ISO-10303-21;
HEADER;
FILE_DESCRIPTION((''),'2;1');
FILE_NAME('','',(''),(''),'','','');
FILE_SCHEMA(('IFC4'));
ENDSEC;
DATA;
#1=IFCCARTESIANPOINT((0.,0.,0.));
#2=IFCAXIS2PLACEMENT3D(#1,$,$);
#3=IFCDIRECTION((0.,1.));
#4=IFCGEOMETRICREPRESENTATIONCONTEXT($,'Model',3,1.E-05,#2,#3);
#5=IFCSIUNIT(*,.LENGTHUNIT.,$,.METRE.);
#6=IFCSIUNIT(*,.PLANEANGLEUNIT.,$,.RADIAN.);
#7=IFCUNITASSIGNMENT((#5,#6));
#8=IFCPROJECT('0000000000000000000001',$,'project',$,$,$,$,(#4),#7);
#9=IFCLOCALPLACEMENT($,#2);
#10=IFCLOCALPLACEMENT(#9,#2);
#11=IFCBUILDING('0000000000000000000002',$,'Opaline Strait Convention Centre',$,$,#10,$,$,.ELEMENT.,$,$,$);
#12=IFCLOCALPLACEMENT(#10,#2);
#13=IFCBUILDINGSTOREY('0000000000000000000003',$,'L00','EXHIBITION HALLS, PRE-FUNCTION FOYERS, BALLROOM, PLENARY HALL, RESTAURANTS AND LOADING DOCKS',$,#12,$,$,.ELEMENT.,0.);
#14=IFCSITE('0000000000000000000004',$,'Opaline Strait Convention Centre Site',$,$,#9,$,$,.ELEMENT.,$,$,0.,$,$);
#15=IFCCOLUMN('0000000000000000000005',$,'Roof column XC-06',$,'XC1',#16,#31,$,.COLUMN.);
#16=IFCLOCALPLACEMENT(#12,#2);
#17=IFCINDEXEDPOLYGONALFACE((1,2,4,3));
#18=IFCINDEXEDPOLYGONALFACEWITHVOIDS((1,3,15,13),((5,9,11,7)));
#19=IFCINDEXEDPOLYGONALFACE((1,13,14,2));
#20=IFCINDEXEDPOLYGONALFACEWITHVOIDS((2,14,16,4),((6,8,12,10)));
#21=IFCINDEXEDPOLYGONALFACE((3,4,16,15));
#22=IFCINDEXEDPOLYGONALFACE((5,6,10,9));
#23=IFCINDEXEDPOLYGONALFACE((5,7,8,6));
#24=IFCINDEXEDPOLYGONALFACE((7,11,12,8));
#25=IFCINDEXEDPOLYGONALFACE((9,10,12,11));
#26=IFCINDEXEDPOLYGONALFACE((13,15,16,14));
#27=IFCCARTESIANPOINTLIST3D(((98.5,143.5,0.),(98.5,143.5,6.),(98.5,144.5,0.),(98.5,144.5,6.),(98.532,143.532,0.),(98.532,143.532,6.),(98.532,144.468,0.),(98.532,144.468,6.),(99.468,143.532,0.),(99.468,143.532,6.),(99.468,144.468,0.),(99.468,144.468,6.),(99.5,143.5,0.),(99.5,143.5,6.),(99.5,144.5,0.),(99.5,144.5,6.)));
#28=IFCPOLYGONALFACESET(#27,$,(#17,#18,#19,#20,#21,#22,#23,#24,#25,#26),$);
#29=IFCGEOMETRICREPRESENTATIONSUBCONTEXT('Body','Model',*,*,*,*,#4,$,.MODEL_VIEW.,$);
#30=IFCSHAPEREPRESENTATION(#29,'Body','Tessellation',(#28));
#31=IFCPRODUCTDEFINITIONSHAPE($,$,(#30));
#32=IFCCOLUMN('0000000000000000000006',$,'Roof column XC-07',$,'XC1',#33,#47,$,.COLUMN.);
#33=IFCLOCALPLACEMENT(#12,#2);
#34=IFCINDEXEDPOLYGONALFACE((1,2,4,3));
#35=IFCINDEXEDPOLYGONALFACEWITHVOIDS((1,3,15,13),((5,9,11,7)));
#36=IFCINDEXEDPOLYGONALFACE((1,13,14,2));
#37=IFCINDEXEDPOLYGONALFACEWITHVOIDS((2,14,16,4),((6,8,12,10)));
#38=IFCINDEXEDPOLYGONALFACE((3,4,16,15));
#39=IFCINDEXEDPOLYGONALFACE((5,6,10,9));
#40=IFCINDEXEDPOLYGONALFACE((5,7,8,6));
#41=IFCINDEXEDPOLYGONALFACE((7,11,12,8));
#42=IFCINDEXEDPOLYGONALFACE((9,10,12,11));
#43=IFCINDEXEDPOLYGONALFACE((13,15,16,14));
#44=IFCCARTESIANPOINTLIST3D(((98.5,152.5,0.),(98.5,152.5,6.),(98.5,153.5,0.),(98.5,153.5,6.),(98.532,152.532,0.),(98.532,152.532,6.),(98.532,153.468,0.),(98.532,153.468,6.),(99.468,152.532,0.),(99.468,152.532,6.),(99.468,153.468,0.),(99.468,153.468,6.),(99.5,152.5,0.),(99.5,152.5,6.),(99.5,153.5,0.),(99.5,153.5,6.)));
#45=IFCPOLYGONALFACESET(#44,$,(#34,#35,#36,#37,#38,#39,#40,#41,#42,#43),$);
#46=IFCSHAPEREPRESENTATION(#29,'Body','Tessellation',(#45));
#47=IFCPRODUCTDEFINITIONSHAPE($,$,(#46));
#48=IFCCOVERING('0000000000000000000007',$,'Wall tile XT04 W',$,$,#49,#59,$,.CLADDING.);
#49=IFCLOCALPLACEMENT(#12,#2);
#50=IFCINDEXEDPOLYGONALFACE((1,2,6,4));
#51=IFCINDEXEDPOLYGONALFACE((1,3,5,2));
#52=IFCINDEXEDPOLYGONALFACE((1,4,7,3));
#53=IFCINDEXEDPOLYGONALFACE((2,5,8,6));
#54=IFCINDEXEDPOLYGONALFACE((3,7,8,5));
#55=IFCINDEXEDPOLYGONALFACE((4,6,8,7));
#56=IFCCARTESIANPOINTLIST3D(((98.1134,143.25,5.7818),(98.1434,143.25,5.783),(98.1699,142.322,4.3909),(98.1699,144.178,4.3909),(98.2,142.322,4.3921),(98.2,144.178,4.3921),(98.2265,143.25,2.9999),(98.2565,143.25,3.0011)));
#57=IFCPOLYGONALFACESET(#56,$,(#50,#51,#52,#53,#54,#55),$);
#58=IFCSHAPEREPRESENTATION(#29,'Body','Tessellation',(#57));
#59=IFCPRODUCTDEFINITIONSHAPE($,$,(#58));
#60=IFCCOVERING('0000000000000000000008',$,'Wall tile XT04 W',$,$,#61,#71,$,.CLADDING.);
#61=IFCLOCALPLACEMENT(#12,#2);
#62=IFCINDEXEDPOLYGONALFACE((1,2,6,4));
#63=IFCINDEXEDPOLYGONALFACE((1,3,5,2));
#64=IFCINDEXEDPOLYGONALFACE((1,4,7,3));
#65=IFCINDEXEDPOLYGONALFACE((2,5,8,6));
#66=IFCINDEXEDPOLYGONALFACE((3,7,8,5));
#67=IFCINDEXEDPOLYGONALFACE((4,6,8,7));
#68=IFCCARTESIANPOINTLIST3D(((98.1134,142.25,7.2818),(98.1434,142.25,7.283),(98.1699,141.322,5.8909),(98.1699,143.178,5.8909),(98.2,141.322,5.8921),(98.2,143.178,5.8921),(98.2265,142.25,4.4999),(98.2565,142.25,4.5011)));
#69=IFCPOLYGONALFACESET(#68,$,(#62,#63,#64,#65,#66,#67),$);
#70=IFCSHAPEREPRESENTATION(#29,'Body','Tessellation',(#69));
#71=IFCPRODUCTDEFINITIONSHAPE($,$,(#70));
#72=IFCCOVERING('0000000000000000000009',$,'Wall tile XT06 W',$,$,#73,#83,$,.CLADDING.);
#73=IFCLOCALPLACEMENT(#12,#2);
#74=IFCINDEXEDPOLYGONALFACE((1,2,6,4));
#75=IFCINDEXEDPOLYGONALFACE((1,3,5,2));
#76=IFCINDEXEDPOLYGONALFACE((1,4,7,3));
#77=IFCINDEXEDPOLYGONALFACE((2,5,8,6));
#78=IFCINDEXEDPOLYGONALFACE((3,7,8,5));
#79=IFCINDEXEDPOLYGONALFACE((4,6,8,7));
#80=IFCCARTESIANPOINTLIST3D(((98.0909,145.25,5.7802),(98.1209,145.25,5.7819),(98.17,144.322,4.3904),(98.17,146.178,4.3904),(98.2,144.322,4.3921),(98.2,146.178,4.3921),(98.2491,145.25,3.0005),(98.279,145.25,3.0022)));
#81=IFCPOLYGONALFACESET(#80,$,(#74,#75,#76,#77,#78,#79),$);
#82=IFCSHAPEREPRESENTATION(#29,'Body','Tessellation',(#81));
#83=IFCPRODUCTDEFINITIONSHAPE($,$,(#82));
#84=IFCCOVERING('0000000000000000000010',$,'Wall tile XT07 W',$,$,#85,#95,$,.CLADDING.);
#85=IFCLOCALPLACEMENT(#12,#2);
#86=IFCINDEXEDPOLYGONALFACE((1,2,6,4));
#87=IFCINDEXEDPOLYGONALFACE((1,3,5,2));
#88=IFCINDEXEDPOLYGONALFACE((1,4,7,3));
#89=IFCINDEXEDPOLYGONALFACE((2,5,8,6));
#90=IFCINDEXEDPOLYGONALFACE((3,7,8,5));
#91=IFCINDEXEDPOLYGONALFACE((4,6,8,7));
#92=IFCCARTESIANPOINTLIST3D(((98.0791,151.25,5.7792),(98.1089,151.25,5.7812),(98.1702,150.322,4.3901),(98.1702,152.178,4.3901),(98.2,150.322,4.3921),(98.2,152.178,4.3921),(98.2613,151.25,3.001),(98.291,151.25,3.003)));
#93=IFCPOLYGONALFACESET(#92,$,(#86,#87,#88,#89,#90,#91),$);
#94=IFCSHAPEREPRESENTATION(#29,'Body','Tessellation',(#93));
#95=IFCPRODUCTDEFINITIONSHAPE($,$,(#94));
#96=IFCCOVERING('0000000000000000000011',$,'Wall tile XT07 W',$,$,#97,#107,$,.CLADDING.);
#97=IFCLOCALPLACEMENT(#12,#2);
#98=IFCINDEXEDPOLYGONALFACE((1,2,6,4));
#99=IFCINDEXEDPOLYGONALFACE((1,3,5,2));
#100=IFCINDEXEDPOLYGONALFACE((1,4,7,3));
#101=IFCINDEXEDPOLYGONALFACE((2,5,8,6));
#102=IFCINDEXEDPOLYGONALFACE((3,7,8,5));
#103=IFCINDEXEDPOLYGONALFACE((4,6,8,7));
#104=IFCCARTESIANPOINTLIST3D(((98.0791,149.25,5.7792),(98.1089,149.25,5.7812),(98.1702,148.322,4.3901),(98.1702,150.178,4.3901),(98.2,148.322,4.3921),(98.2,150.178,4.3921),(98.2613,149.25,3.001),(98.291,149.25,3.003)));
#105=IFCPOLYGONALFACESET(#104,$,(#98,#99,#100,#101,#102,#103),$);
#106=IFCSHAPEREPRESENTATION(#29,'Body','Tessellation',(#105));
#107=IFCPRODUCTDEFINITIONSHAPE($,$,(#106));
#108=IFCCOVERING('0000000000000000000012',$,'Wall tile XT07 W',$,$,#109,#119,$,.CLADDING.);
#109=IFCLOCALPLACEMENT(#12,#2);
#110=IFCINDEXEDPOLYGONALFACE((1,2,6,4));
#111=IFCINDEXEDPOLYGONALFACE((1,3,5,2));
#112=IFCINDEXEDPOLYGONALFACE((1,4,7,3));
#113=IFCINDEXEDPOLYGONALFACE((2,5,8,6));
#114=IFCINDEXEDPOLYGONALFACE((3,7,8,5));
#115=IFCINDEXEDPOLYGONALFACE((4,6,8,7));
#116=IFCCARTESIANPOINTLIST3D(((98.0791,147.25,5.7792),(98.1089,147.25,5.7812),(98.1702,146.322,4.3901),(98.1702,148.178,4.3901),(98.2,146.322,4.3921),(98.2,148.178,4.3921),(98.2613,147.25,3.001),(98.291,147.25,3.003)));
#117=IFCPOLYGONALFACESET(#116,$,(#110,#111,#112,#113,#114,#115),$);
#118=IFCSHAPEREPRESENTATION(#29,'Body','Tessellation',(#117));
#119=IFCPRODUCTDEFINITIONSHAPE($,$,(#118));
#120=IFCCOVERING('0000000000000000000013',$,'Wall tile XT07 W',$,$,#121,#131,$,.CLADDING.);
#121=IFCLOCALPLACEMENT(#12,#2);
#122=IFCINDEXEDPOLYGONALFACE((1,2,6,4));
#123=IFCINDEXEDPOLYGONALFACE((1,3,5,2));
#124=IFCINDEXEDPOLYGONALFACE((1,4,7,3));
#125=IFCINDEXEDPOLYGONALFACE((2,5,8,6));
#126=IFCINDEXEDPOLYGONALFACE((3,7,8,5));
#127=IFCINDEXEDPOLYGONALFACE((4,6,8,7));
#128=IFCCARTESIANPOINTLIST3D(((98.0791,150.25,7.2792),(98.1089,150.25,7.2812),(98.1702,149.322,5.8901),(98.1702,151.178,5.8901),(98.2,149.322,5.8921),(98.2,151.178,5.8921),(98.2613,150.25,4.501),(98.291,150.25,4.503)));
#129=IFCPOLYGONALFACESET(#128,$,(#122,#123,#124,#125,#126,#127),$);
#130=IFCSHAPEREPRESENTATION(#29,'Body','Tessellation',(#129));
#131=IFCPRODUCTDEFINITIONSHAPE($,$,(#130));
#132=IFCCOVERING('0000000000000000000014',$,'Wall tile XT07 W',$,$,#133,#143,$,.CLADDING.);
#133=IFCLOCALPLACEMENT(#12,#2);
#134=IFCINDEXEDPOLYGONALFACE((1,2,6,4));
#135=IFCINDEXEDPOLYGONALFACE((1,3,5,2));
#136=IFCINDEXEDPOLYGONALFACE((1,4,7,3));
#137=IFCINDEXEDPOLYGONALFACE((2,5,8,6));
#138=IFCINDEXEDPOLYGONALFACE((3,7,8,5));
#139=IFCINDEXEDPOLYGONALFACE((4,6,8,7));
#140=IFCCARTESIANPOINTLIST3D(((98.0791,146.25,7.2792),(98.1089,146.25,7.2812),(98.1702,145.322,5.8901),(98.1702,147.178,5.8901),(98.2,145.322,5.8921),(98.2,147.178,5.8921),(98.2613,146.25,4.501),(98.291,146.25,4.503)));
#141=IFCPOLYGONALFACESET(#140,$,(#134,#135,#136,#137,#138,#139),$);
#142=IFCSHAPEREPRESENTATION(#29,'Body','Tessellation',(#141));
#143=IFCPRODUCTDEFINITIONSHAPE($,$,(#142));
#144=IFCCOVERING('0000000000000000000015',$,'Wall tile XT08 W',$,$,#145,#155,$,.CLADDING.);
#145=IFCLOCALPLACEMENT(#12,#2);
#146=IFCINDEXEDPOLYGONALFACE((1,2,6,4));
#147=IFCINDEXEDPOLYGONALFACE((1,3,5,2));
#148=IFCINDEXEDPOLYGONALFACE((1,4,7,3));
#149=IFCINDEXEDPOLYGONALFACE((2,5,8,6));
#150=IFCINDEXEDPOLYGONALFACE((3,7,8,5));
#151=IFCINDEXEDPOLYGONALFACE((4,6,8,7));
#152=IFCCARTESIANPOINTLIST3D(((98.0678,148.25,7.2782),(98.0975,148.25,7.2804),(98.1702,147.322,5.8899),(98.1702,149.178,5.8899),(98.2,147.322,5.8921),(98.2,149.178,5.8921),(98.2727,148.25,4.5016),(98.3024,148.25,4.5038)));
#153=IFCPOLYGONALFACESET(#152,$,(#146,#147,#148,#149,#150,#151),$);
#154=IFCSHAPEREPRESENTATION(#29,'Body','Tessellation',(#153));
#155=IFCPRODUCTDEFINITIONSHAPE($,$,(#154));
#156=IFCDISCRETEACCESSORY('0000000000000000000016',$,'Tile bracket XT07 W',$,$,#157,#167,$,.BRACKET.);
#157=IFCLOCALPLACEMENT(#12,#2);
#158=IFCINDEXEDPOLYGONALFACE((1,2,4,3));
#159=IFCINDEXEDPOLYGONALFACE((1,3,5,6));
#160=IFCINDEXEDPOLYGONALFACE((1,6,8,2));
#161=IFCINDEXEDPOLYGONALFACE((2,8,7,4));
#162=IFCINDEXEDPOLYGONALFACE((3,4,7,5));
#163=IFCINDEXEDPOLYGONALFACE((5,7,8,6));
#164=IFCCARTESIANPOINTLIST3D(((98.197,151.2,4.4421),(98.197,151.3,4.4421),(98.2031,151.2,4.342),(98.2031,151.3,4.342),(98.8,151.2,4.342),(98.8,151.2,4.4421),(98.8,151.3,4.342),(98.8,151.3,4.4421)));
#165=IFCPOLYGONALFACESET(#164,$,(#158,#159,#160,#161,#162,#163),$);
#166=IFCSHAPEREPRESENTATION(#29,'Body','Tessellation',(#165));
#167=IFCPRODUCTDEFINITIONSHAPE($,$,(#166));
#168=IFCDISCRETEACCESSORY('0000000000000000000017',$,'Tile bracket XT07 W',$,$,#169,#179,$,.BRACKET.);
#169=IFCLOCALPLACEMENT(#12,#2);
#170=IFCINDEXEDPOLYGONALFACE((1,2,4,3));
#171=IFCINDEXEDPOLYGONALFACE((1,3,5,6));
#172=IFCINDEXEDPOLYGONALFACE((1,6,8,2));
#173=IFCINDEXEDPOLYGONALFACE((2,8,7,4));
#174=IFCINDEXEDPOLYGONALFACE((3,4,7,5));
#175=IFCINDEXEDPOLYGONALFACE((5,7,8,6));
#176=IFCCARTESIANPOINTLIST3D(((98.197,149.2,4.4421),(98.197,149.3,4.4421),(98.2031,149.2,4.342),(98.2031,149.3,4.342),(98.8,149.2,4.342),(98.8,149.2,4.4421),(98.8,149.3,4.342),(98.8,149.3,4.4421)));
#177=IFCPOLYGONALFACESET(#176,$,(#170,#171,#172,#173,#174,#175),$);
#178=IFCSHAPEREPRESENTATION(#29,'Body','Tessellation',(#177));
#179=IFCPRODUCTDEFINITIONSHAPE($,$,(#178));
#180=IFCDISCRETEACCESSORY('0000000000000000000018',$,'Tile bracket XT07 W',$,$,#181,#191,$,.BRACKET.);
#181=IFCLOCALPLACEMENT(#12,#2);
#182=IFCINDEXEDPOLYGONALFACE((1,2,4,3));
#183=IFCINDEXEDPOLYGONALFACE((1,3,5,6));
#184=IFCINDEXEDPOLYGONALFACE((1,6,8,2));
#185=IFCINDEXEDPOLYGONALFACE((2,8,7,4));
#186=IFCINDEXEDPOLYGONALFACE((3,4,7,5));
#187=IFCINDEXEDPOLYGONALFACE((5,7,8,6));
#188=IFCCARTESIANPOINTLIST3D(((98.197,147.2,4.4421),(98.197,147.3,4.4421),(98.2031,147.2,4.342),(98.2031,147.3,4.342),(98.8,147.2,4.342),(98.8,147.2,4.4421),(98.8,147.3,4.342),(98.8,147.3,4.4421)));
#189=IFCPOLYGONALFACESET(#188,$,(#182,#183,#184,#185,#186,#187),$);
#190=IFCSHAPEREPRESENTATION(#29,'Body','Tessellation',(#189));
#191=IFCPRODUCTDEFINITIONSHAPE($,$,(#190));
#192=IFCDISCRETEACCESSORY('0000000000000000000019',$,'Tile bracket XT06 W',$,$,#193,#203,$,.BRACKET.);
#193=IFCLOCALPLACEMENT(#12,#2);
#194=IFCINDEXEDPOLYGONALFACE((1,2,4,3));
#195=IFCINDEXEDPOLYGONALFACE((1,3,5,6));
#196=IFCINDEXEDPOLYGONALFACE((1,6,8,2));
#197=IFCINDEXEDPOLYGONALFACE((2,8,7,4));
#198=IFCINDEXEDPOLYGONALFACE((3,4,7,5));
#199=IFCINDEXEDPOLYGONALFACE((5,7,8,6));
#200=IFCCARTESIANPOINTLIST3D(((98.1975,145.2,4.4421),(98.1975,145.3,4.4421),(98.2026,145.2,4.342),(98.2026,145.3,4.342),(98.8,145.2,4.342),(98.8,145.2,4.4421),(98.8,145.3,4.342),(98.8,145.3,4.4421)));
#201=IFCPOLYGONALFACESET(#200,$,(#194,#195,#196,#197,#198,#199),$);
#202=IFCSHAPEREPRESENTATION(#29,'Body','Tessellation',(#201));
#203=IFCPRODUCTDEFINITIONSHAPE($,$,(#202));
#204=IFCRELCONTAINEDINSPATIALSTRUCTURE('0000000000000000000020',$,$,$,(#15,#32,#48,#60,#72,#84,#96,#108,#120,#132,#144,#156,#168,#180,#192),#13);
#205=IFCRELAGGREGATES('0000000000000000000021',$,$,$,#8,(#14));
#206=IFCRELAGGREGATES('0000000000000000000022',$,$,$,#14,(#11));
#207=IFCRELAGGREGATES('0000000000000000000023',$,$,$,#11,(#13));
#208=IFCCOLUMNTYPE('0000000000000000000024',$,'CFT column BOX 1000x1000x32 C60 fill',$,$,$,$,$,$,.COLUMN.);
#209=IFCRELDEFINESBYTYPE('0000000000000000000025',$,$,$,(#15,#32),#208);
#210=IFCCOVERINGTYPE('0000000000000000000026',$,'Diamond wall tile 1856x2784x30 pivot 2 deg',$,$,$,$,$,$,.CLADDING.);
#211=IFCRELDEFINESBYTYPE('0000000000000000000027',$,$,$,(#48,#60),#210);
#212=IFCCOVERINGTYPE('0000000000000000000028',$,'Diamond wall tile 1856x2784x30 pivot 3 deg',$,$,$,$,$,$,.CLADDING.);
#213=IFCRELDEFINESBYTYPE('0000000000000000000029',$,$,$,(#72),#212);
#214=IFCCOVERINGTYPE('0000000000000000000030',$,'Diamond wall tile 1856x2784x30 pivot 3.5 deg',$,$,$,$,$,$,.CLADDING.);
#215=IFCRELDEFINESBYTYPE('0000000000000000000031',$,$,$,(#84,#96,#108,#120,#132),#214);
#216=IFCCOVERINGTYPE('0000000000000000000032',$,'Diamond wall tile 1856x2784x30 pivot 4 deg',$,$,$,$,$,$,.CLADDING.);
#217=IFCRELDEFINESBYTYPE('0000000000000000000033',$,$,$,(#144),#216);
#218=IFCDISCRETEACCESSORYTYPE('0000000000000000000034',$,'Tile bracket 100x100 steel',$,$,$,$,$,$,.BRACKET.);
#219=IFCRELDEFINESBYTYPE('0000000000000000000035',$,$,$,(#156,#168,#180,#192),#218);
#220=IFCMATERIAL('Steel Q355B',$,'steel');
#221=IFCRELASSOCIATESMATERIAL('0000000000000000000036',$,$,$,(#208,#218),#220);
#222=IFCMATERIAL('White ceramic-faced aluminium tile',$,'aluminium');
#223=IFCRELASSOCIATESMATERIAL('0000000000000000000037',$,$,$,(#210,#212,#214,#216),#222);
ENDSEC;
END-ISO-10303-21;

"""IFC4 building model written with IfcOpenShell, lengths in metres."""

from ifc_helpers import new_model, si_unit, direction, frame, origin, origin_2d, place, context, subcontext, project, spatial, polyline, hollow_rectangle, outline, extrude, material, material_profile, profile_set, type_object, element, save


model = new_model("IFC4")

# Units and contexts
model_context = context("Model", 3, precision=1e-05, world=origin(), true_north=direction((0.0, 1.0)))
body_context = subcontext(model_context, "Body", "Model", "MODEL_VIEW")
ifc_project = project(units=[si_unit("LENGTHUNIT", "METRE"), si_unit("PLANEANGLEUNIT", "RADIAN")], contexts=[model_context])

# Site, building, storey
site_placement = place(None, origin())
site = spatial("IfcSite", under=ifc_project, at=site_placement, Name="Opaline Strait Convention Centre Site", CompositionType="ELEMENT", RefElevation=0.0)
building_placement = place(site_placement, origin())
building = spatial("IfcBuilding", under=site, at=building_placement, Name="Opaline Strait Convention Centre", CompositionType="ELEMENT")
storey_placement = place(building_placement, origin())
storey = spatial("IfcBuildingStorey", under=building, at=storey_placement, Name="L00", Description="EXHIBITION HALLS, PRE-FUNCTION FOYERS, BALLROOM, PLENARY HALL, RESTAURANTS AND LOADING DOCKS", CompositionType="ELEMENT", Elevation=0.0)

# Columns
ifc_material_1 = material(Name="Steel Q355B", Category="steel")
ifc_material_profile_1 = material_profile(ifc_material_1, hollow_rectangle(XDim=1.0, YDim=1.0, WallThickness=0.032, at=origin_2d()), Name="BOX 1000x1000x32")
ifc_profile_set_1 = profile_set([ifc_material_profile_1], Name="Steel Q355B")
column_type = type_object("IfcColumnType", Name="CFT column BOX 1000x1000x32 C60 fill", PredefinedType="COLUMN", material=ifc_profile_set_1)
for number, where, z_axis, x_axis, name in (
    (1, (99.0, 144.0, 0.0), (0.0, 0.0, 1.0), (1.0, 0.0, 0.0), "Roof column XC-06"),
    (2, (99.0, 153.0, 0.0), (0.0, 0.0, 1.0), (1.0, 0.0, 0.0), "Roof column XC-07"),
):
    element("IfcColumn", number, at=place(storey_placement, frame(where, z_axis=z_axis, x_axis=x_axis)), inside=storey, type_object=column_type, Name=name, ObjectType="XC1", PredefinedType="COLUMN", context=body_context, shape_type="SweptSolid", body=[
        extrude(hollow_rectangle(XDim=1.0, YDim=1.0, WallThickness=0.032, at=origin_2d()), origin(), (0.0, 0.0, 1.0), 6.0),
    ])

# Coverings
ifc_material_2 = material(Name="White ceramic-faced aluminium tile", Category="aluminium")
ifc_material_profile_2 = material_profile(ifc_material_2, outline(polyline([(0.928, 0.0), (0.0, 1.3921), (-0.928, 0.0), (0.0, -1.3921), (0.928, 0.0)])), Name="Diamond tile 1856x2784")
ifc_profile_set_2 = profile_set([ifc_material_profile_2], Name="White ceramic-faced aluminium tile")
covering_type_1 = type_object("IfcCoveringType", Name="Diamond wall tile 1856x2784x30 pivot 2 deg", PredefinedType="CLADDING", material=ifc_profile_set_2)
for number, where, z_axis, x_axis, name in (
    (3, (98.2, 143.25, 4.3921), (-0.999175, 0.0, -0.040617), (0.0, -1.0, 0.0), "Wall tile XT04 W"),
    (4, (98.2, 142.25, 5.8921), (-0.999175, 0.0, -0.040617), (0.0, -1.0, 0.0), "Wall tile XT04 W"),
):
    element("IfcCovering", number, at=place(storey_placement, frame(where, z_axis=z_axis, x_axis=x_axis)), inside=storey, type_object=covering_type_1, Name=name, PredefinedType="CLADDING", context=body_context, shape_type="SweptSolid", body=[
        extrude(outline(polyline([(0.928, 0.0), (0.0, 1.3921), (-0.928, 0.0), (0.0, -1.3921), (0.928, 0.0)])), origin(), (0.0, 0.0, 1.0), 0.03),
    ])
ifc_material_profile_3 = material_profile(ifc_material_2, outline(polyline([(0.928, 0.0), (0.0, 1.3921), (-0.928, 0.0), (0.0, -1.3921), (0.928, 0.0)])), Name="Diamond tile 1856x2784")
ifc_profile_set_3 = profile_set([ifc_material_profile_3], Name="White ceramic-faced aluminium tile")
covering_type_2 = type_object("IfcCoveringType", Name="Diamond wall tile 1856x2784x30 pivot 3 deg", PredefinedType="CLADDING", material=ifc_profile_set_3)
covering_1_placement = place(storey_placement, frame((98.2, 145.25, 4.3921), z_axis=(-0.998385, 0.0, -0.056819), x_axis=(0.0, -1.0, 0.0)))
element("IfcCovering", 5, at=covering_1_placement, inside=storey, type_object=covering_type_2, Name="Wall tile XT06 W", PredefinedType="CLADDING", context=body_context, shape_type="SweptSolid", body=[
    extrude(outline(polyline([(0.928, 0.0), (0.0, 1.3921), (-0.928, 0.0), (0.0, -1.3921), (0.928, 0.0)])), origin(), (0.0, 0.0, 1.0), 0.03),
])
ifc_material_profile_4 = material_profile(ifc_material_2, outline(polyline([(0.928, 0.0), (0.0, 1.3921), (-0.928, 0.0), (0.0, -1.3921), (0.928, 0.0)])), Name="Diamond tile 1856x2784")
ifc_profile_set_4 = profile_set([ifc_material_profile_4], Name="White ceramic-faced aluminium tile")
covering_type_3 = type_object("IfcCoveringType", Name="Diamond wall tile 1856x2784x30 pivot 3.5 deg", PredefinedType="CLADDING", material=ifc_profile_set_4)
for number, where, z_axis, x_axis, name in (
    (6, (98.2, 151.25, 4.3921), (-0.997857, 0.0, -0.065433), (0.0, -1.0, 0.0), "Wall tile XT07 W"),
    (7, (98.2, 149.25, 4.3921), (-0.997857, 0.0, -0.065433), (0.0, -1.0, 0.0), "Wall tile XT07 W"),
    (8, (98.2, 147.25, 4.3921), (-0.997857, 0.0, -0.065433), (0.0, -1.0, 0.0), "Wall tile XT07 W"),
    (9, (98.2, 150.25, 5.8921), (-0.997857, 0.0, -0.065433), (0.0, -1.0, 0.0), "Wall tile XT07 W"),
    (10, (98.2, 146.25, 5.8921), (-0.997857, 0.0, -0.065433), (0.0, -1.0, 0.0), "Wall tile XT07 W"),
):
    element("IfcCovering", number, at=place(storey_placement, frame(where, z_axis=z_axis, x_axis=x_axis)), inside=storey, type_object=covering_type_3, Name=name, PredefinedType="CLADDING", context=body_context, shape_type="SweptSolid", body=[
        extrude(outline(polyline([(0.928, 0.0), (0.0, 1.3921), (-0.928, 0.0), (0.0, -1.3921), (0.928, 0.0)])), origin(), (0.0, 0.0, 1.0), 0.0298),
    ])
ifc_material_profile_5 = material_profile(ifc_material_2, outline(polyline([(0.928, 0.0), (0.0, 1.3921), (-0.928, 0.0), (0.0, -1.3921), (0.928, 0.0)])), Name="Diamond tile 1856x2784")
ifc_profile_set_5 = profile_set([ifc_material_profile_5], Name="White ceramic-faced aluminium tile")
covering_type_4 = type_object("IfcCoveringType", Name="Diamond wall tile 1856x2784x30 pivot 4 deg", PredefinedType="CLADDING", material=ifc_profile_set_5)
covering_2_placement = place(storey_placement, frame((98.2, 148.25, 5.8921), z_axis=(-0.99729, 0.0, -0.073571), x_axis=(0.0, -1.0, 0.0)))
element("IfcCovering", 11, at=covering_2_placement, inside=storey, type_object=covering_type_4, Name="Wall tile XT08 W", PredefinedType="CLADDING", context=body_context, shape_type="SweptSolid", body=[
    extrude(outline(polyline([(0.928, 0.0), (0.0, 1.3921), (-0.928, 0.0), (0.0, -1.3921), (0.928, 0.0)])), origin(), (0.0, 0.0, 1.0), 0.0298),
])

# Discrete accessories
discrete_accessory_type = type_object("IfcDiscreteAccessoryType", Name="Tile bracket 100x100 steel", PredefinedType="BRACKET", material=ifc_material_1)
for number, where, z_axis, x_axis, name in (
    (12, (98.8, 151.3, 4.3921), (0.0, -1.0, 0.0), (1.0, 0.0, 0.0), "Tile bracket XT07 W"),
    (13, (98.8, 149.3, 4.3921), (0.0, -1.0, 0.0), (1.0, 0.0, 0.0), "Tile bracket XT07 W"),
    (14, (98.8, 147.3, 4.3921), (0.0, -1.0, 0.0), (1.0, 0.0, 0.0), "Tile bracket XT07 W"),
):
    element("IfcDiscreteAccessory", number, at=place(storey_placement, frame(where, z_axis=z_axis, x_axis=x_axis)), inside=storey, type_object=discrete_accessory_type, Name=name, PredefinedType="BRACKET", context=body_context, shape_type="SweptSolid", body=[
        extrude(outline(polyline([(0.0, -0.05), (0.0, 0.05), (-0.603, 0.05), (-0.5969, -0.05), (0.0, -0.05)])), origin(), (0.0, 0.0, 1.0), 0.1001),
    ])
discrete_accessory_1_placement = place(storey_placement, frame((98.8, 145.3, 4.3921), z_axis=(0.0, -1.0, 0.0), x_axis=(1.0, 0.0, 0.0)))
element("IfcDiscreteAccessory", 15, at=discrete_accessory_1_placement, inside=storey, type_object=discrete_accessory_type, Name="Tile bracket XT06 W", PredefinedType="BRACKET", context=body_context, shape_type="SweptSolid", body=[
    extrude(outline(polyline([(0.0, -0.05), (0.0, 0.05), (-0.6025, 0.05), (-0.5974, -0.05), (0.0, -0.05)])), origin(), (0.0, 0.0, 1.0), 0.1001),
])

save(model, "model.ifc")
